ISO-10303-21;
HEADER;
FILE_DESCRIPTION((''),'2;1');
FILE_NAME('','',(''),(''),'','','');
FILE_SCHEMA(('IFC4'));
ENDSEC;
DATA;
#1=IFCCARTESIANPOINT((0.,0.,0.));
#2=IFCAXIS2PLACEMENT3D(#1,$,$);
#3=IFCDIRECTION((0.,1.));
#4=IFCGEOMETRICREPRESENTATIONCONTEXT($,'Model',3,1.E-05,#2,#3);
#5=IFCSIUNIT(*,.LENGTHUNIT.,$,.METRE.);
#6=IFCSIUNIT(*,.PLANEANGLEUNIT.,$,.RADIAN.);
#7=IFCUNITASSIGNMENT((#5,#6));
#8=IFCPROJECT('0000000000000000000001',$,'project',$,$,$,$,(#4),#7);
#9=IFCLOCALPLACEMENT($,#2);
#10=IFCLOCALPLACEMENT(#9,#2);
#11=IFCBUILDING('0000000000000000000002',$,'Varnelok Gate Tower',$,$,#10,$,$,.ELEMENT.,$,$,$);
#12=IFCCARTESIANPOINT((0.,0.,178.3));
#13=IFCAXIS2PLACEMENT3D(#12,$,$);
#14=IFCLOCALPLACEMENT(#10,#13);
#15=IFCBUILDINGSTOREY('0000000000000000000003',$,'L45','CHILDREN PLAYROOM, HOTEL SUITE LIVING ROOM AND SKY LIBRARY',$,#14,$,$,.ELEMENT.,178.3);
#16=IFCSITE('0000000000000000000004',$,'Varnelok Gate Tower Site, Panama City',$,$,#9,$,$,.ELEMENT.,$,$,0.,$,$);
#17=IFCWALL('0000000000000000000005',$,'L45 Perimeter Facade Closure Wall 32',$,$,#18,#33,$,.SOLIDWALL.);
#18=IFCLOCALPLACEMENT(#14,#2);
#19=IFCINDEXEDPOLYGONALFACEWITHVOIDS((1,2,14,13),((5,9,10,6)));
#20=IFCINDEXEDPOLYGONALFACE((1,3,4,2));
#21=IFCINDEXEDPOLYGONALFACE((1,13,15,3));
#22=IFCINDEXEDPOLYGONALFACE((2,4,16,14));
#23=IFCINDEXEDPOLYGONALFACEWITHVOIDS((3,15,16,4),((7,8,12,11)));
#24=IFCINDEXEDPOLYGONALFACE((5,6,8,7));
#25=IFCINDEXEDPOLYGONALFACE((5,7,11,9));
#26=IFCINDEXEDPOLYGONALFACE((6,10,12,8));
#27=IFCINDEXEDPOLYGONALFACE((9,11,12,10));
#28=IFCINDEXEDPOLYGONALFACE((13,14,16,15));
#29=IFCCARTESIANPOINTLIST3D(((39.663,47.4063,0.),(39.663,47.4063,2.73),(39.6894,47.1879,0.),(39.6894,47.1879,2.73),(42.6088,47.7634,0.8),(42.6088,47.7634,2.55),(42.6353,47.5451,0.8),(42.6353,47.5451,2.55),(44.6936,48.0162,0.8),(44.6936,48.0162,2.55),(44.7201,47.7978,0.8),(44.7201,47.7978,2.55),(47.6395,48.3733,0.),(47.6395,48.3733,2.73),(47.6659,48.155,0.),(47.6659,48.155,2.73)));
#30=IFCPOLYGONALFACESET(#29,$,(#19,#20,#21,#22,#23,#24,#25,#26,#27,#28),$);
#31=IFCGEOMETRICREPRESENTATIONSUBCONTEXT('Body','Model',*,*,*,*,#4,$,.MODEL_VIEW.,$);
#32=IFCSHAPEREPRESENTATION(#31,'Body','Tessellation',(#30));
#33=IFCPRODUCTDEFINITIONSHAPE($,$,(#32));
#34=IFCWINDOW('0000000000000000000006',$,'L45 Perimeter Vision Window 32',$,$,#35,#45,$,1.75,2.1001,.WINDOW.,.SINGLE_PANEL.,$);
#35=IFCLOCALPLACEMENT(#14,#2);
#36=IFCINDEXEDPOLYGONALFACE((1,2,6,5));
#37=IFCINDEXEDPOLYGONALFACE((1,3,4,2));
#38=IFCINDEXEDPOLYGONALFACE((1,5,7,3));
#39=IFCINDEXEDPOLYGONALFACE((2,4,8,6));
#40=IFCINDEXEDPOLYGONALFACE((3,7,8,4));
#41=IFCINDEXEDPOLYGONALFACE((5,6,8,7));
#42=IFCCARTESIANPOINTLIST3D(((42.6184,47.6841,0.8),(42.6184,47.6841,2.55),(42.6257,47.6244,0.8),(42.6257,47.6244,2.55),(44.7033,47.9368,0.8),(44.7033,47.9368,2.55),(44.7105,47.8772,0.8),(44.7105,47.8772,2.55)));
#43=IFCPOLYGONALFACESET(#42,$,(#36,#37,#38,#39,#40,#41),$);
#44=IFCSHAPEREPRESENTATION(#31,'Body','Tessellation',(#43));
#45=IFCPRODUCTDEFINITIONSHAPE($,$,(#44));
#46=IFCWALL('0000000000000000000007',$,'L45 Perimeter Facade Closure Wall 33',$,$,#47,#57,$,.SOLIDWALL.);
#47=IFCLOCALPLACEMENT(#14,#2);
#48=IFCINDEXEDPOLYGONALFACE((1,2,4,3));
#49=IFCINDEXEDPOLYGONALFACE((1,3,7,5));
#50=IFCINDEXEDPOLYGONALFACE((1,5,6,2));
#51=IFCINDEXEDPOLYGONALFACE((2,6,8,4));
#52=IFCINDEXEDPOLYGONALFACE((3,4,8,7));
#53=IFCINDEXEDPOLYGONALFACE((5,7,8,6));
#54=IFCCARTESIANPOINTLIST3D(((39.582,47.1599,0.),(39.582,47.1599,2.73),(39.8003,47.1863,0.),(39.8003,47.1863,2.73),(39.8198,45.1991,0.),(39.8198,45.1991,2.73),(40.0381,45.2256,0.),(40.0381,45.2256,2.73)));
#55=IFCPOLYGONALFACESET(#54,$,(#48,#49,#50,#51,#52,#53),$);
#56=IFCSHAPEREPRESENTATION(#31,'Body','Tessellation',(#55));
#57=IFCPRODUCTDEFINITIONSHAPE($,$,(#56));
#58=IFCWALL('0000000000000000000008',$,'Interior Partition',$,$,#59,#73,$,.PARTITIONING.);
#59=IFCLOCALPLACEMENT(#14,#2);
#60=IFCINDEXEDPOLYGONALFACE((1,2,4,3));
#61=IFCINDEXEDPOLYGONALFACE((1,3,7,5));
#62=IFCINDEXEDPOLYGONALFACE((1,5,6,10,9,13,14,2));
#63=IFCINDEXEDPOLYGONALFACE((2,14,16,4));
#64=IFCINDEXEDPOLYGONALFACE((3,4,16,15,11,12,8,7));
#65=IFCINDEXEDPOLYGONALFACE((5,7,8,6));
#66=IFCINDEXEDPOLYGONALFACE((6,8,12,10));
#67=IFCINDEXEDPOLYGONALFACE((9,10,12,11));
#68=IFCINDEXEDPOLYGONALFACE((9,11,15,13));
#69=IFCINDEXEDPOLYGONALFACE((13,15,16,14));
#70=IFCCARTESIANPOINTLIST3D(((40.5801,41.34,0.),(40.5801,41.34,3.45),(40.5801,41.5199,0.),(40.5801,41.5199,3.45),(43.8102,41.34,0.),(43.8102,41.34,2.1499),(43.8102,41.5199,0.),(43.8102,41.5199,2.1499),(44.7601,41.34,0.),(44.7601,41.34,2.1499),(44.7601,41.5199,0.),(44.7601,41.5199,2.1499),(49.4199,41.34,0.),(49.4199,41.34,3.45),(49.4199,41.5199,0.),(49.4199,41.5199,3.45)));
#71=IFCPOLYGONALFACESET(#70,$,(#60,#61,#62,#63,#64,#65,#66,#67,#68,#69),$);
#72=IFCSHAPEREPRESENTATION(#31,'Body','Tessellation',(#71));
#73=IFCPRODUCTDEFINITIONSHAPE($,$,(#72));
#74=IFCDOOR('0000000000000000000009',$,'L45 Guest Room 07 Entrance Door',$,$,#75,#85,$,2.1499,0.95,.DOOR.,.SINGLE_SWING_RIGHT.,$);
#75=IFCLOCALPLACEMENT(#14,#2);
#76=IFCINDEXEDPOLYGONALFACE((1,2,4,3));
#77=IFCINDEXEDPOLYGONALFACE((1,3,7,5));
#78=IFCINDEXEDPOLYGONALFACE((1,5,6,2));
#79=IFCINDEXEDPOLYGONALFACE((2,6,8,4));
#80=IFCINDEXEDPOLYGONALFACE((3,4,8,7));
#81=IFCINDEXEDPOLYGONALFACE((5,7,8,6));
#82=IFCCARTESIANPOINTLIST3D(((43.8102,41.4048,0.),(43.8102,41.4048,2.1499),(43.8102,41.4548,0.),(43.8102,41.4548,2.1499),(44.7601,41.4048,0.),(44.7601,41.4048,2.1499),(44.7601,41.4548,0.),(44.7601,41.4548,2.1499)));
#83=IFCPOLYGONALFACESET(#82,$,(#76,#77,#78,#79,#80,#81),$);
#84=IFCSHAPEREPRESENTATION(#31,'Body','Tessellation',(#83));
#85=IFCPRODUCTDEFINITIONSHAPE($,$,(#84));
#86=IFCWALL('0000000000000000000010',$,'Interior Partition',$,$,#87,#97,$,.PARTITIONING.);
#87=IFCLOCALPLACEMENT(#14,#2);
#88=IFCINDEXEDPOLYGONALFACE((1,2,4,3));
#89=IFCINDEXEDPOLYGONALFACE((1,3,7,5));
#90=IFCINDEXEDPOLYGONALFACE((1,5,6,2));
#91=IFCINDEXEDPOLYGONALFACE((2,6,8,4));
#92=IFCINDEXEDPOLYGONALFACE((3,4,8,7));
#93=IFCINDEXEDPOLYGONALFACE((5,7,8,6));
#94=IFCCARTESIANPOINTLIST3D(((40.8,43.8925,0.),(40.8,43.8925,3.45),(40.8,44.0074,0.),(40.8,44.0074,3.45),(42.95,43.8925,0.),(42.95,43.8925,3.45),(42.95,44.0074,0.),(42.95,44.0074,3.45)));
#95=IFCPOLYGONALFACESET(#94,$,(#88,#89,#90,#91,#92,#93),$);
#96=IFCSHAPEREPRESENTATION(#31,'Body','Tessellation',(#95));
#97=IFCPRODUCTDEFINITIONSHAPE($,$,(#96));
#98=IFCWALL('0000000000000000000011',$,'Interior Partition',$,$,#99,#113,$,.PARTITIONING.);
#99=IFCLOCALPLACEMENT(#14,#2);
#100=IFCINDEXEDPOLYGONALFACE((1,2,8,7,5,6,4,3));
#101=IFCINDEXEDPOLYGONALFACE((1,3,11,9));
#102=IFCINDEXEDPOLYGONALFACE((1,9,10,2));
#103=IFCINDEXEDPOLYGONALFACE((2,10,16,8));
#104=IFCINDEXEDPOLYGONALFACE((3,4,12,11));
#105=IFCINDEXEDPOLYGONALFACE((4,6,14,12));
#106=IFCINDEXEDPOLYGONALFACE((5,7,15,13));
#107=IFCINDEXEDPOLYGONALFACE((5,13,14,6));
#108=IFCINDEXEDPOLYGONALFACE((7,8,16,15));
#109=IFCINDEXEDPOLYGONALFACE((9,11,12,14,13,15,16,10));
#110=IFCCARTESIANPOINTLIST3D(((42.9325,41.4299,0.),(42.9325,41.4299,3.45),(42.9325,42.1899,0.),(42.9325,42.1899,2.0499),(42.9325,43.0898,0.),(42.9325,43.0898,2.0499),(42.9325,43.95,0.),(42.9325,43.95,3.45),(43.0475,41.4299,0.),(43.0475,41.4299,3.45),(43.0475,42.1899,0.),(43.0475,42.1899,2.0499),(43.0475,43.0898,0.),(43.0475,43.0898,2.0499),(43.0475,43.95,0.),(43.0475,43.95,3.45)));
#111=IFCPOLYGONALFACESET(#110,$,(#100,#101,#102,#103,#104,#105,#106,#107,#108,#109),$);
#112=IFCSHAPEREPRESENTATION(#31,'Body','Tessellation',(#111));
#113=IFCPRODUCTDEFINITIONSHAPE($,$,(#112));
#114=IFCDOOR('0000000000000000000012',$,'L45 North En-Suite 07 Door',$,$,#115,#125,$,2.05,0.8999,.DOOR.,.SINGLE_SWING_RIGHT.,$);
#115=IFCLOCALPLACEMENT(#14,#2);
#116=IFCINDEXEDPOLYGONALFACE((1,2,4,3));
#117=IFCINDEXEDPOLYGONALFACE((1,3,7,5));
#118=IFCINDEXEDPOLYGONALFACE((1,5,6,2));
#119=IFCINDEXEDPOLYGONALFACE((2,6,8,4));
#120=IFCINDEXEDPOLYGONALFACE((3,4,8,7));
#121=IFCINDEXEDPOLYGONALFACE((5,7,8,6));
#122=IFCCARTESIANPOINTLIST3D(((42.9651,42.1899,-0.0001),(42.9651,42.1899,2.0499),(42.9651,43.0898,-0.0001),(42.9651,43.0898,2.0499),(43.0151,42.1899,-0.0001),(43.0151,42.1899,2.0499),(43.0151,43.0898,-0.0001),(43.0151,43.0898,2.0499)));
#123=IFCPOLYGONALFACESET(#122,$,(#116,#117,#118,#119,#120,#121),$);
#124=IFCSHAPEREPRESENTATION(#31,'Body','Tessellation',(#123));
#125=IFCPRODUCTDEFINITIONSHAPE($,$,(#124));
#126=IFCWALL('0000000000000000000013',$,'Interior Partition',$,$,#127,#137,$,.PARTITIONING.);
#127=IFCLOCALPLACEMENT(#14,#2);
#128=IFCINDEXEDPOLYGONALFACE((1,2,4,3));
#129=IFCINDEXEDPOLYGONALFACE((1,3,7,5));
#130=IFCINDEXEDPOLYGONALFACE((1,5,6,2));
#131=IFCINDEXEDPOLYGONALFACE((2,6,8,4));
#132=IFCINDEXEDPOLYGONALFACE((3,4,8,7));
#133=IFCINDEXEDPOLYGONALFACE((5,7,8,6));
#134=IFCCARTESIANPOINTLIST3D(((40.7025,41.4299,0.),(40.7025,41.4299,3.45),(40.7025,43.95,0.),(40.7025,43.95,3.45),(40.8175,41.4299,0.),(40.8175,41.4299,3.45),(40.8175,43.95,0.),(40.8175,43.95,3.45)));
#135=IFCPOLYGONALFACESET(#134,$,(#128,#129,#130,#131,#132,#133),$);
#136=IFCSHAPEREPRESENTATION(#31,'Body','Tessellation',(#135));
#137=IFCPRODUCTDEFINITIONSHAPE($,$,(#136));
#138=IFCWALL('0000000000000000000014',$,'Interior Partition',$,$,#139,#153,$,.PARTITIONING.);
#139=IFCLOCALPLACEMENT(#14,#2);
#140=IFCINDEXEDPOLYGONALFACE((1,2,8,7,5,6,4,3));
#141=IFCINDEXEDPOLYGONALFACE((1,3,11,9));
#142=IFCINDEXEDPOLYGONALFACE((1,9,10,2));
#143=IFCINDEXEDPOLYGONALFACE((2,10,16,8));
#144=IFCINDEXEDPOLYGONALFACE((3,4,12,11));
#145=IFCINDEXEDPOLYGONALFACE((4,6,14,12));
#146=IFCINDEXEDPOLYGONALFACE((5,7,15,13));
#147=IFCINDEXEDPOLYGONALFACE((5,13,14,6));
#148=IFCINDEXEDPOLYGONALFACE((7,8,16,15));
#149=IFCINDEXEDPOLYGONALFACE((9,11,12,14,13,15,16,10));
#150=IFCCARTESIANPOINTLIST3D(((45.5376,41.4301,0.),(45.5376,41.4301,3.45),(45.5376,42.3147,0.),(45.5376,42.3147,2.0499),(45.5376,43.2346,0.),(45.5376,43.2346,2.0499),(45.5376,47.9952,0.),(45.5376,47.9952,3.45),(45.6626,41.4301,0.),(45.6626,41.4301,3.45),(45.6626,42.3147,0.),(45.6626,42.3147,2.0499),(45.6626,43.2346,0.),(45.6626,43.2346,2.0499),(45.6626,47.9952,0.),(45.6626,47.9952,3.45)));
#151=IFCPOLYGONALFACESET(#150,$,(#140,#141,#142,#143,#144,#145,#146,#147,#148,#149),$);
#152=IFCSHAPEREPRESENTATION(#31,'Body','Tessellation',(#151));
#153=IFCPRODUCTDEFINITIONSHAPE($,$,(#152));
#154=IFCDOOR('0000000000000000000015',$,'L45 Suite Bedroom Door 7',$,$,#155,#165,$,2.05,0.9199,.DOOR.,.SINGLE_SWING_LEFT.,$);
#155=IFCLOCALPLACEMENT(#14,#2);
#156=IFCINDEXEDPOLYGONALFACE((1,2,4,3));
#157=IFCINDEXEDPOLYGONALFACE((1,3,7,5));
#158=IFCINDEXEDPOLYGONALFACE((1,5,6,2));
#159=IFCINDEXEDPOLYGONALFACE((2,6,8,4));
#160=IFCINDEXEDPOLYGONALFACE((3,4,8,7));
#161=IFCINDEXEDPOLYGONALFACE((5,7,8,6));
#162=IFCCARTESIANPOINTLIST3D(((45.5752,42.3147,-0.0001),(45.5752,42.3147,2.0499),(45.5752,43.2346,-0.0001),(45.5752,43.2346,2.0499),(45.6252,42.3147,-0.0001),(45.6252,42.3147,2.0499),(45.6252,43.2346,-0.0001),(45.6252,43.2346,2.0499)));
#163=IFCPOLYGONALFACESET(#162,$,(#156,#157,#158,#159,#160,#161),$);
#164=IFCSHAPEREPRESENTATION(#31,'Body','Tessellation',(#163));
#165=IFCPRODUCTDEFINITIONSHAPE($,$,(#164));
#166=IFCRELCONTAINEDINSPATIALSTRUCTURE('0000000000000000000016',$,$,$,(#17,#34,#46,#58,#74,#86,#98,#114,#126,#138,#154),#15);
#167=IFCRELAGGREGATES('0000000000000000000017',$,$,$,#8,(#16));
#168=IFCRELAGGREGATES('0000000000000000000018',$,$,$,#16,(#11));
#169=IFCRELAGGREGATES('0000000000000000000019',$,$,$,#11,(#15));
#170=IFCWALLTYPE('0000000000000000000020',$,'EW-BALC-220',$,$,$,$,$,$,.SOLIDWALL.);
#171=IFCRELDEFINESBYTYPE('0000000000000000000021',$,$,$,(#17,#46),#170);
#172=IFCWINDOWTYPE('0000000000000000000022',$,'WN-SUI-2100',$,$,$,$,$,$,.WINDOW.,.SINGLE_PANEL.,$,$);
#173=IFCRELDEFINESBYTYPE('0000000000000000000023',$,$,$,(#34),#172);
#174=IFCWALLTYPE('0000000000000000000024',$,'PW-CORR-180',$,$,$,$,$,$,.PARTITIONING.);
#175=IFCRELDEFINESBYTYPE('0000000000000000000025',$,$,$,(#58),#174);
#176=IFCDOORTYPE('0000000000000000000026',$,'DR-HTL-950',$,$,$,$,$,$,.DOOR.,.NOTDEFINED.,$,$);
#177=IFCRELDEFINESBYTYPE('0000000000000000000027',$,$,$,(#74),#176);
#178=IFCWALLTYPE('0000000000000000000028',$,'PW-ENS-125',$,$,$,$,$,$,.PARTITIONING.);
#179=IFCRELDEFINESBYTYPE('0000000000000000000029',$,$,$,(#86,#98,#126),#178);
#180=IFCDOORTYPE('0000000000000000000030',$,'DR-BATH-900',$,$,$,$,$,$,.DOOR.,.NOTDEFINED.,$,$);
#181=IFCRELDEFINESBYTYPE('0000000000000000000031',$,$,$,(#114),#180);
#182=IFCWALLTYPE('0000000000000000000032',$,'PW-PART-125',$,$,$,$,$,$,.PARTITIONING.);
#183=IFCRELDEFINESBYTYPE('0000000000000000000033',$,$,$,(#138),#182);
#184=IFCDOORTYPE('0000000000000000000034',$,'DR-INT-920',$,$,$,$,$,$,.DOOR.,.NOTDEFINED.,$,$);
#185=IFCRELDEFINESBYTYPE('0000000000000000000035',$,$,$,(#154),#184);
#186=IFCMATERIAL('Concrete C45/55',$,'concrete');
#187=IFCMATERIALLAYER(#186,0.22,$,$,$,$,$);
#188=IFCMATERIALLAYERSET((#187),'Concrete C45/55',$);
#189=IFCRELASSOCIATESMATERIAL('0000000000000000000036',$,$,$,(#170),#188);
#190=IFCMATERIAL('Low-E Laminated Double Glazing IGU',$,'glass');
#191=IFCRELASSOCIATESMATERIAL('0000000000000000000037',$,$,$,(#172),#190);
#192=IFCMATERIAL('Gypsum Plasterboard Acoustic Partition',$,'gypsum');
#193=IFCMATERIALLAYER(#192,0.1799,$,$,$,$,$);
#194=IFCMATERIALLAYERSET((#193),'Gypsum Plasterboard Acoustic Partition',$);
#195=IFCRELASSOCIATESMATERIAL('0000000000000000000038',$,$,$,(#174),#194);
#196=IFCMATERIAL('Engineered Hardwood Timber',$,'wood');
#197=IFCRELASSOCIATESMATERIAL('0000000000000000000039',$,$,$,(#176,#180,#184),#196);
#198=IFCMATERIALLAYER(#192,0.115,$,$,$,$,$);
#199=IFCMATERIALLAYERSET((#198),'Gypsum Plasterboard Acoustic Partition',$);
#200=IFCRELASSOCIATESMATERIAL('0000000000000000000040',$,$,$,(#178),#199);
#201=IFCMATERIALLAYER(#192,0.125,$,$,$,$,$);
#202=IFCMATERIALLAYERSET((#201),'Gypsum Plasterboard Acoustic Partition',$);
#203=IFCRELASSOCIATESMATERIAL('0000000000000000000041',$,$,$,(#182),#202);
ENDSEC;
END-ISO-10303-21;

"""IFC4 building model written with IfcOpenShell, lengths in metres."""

from ifc_helpers import new_model, si_unit, direction, frame, frame_2d, origin, place, context, subcontext, project, spatial, rectangle, extrude, material, layer, layer_set, type_object, element, fill, save


model = new_model("IFC4")

# Units and contexts
model_context = context("Model", 3, precision=1e-05, world=origin(), true_north=direction((0.0, 1.0)))
body_context = subcontext(model_context, "Body", "Model", "MODEL_VIEW")
ifc_project = project(units=[si_unit("LENGTHUNIT", "METRE"), si_unit("PLANEANGLEUNIT", "RADIAN")], contexts=[model_context])

# Site, building, storey
site_placement = place(None, origin())
site = spatial("IfcSite", under=ifc_project, at=site_placement, Name="Varnelok Gate Tower Site, Panama City", CompositionType="ELEMENT", RefElevation=0.0)
building_placement = place(site_placement, origin())
building = spatial("IfcBuilding", under=site, at=building_placement, Name="Varnelok Gate Tower", CompositionType="ELEMENT")
storey_placement = place(building_placement, frame((0.0, 0.0, 178.3)))
storey = spatial("IfcBuildingStorey", under=building, at=storey_placement, Name="L45", Description="CHILDREN PLAYROOM, HOTEL SUITE LIVING ROOM AND SKY LIBRARY", CompositionType="ELEMENT", Elevation=178.3)

# Shared definitions
ifc_material_1 = material(Name="Concrete C45/55", Category="concrete")
ifc_layer_1 = layer(ifc_material_1, 0.22)
ifc_layer_set_1 = layer_set([ifc_layer_1], Name="Concrete C45/55")
wall_type_1 = type_object("IfcWallType", Name="EW-BALC-220", PredefinedType="SOLIDWALL", material=ifc_layer_set_1)

# Wall, opening, window
ifc_material_2 = material(Name="Low-E Laminated Double Glazing IGU", Category="glass")
wall_1_placement = place(storey_placement, frame((47.6528, 48.2642, 0.0), z_axis=(0.0, 0.0, 1.0), x_axis=(-0.992731, -0.120354, 0.0)))
wall_1 = element("IfcWall", 1, at=wall_1_placement, inside=storey, type_object=wall_type_1, Name="L45 Perimeter Facade Closure Wall 32", PredefinedType="SOLIDWALL", context=body_context, shape_type="SweptSolid", body=[
    extrude(rectangle(XDim=8.0349, YDim=0.22, at=frame_2d((4.0176, 0.0))), origin(), (0.0, 0.0, 1.0), 2.73),
])
opening_1_placement = place(wall_1_placement, frame((2.9675, 0.0, 0.8)))
opening_1 = element("IfcOpeningElement", 2, at=opening_1_placement, cuts=wall_1, PredefinedType="OPENING", context=body_context, shape_type="SweptSolid", body=[
    extrude(rectangle(XDim=2.1001, YDim=1.75, at=frame_2d((1.05, 0.875))), frame((0.0, 0.1199, 0.0), z_axis=(0.0, -1.0, 0.0), x_axis=(1.0, 0.0, 0.0)), (0.0, 0.0, 1.0), 0.24),
])
window_type_1 = type_object("IfcWindowType", Name="WN-SUI-2100", PartitioningType="SINGLE_PANEL", PredefinedType="WINDOW", material=ifc_material_2)
window_1_placement = place(opening_1_placement, origin())
window_1 = element("IfcWindow", 3, at=window_1_placement, inside=storey, type_object=window_type_1, Name="L45 Perimeter Vision Window 32", OverallHeight=1.75, OverallWidth=2.1001, PartitioningType="SINGLE_PANEL", PredefinedType="WINDOW", context=body_context, shape_type="SweptSolid", body=[
    extrude(rectangle(XDim=2.1001, YDim=1.75, at=frame_2d((1.05, 0.875))), frame((0.0, 0.03, 0.0), z_axis=(0.0, -1.0, 0.0), x_axis=(1.0, 0.0, 0.0)), (0.0, 0.0, 1.0), 0.0601),
])
fill(opening_1, window_1)

# Wall
wall_2_placement = place(storey_placement, frame((39.6912, 47.1731, 0.0), z_axis=(0.0, 0.0, 1.0), x_axis=(0.120398, -0.992726, 0.0)))
element("IfcWall", 4, at=wall_2_placement, inside=storey, type_object=wall_type_1, Name="L45 Perimeter Facade Closure Wall 33", PredefinedType="SOLIDWALL", context=body_context, shape_type="SweptSolid", body=[
    extrude(rectangle(XDim=1.9751, YDim=0.22, at=frame_2d((0.9875, 0.0))), origin(), (0.0, 0.0, 1.0), 2.73),
])

# Wall, opening, door
ifc_material_3 = material(Name="Gypsum Plasterboard Acoustic Partition", Category="gypsum")
ifc_layer_2 = layer(ifc_material_3, 0.1799)
ifc_layer_set_2 = layer_set([ifc_layer_2], Name="Gypsum Plasterboard Acoustic Partition")
wall_type_2 = type_object("IfcWallType", Name="PW-CORR-180", PredefinedType="PARTITIONING", material=ifc_layer_set_2)
wall_3_placement = place(storey_placement, frame((40.5801, 41.4299, 0.0), z_axis=(0.0, 0.0, 1.0), x_axis=(1.0, 0.0, 0.0)))
wall_3 = element("IfcWall", 5, at=wall_3_placement, inside=storey, type_object=wall_type_2, Name="Interior Partition", PredefinedType="PARTITIONING", context=body_context, shape_type="SweptSolid", body=[
    extrude(rectangle(XDim=8.8398, YDim=0.1799, at=frame_2d((4.4199, 0.0))), origin(), (0.0, 0.0, 1.0), 3.45),
])
opening_2_placement = place(wall_3_placement, frame((3.23, 0.0, 0.0)))
opening_2 = element("IfcOpeningElement", 6, at=opening_2_placement, cuts=wall_3, PredefinedType="OPENING", context=body_context, shape_type="SweptSolid", body=[
    extrude(rectangle(XDim=0.95, YDim=2.1499, at=frame_2d((0.4751, 1.075))), frame((0.0, 0.0999, 0.0), z_axis=(0.0, -1.0, 0.0), x_axis=(1.0, 0.0, 0.0)), (0.0, 0.0, 1.0), 0.2),
])
ifc_material_4 = material(Name="Engineered Hardwood Timber", Category="wood")
door_type_1 = type_object("IfcDoorType", Name="DR-HTL-950", OperationType="NOTDEFINED", PredefinedType="DOOR", material=ifc_material_4)
door_1_placement = place(opening_2_placement, origin())
door_1 = element("IfcDoor", 7, at=door_1_placement, inside=storey, type_object=door_type_1, Name="L45 Guest Room 07 Entrance Door", OperationType="SINGLE_SWING_RIGHT", OverallHeight=2.1499, OverallWidth=0.95, PredefinedType="DOOR", context=body_context, shape_type="SweptSolid", body=[
    extrude(rectangle(XDim=0.95, YDim=2.1499, at=frame_2d((0.4751, 1.075))), frame((0.0, 0.0249, 0.0), z_axis=(0.0, -1.0, 0.0), x_axis=(1.0, 0.0, 0.0)), (0.0, 0.0, 1.0), 0.05),
])
fill(opening_2, door_1)

# Wall
ifc_layer_3 = layer(ifc_material_3, 0.115)
ifc_layer_set_3 = layer_set([ifc_layer_3], Name="Gypsum Plasterboard Acoustic Partition")
wall_type_3 = type_object("IfcWallType", Name="PW-ENS-125", PredefinedType="PARTITIONING", material=ifc_layer_set_3)
wall_4_placement = place(storey_placement, frame((40.8, 43.95, 0.0), z_axis=(0.0, 0.0, 1.0), x_axis=(1.0, 0.0, 0.0)))
element("IfcWall", 8, at=wall_4_placement, inside=storey, type_object=wall_type_3, Name="Interior Partition", PredefinedType="PARTITIONING", context=body_context, shape_type="SweptSolid", body=[
    extrude(rectangle(XDim=2.1499, YDim=0.115, at=frame_2d((1.075, 0.0))), origin(), (0.0, 0.0, 1.0), 3.45),
])

# Wall, opening, door
wall_5_placement = place(storey_placement, frame((42.99, 41.4299, 0.0), z_axis=(0.0, 0.0, 1.0), x_axis=(0.0, 1.0, 0.0)))
wall_5 = element("IfcWall", 9, at=wall_5_placement, inside=storey, type_object=wall_type_3, Name="Interior Partition", PredefinedType="PARTITIONING", context=body_context, shape_type="SweptSolid", body=[
    extrude(rectangle(XDim=2.52, YDim=0.115, at=frame_2d((1.26, 0.0))), origin(), (0.0, 0.0, 1.0), 3.45),
])
opening_3_placement = place(wall_5_placement, frame((0.76, 0.0, 0.0)))
opening_3 = element("IfcOpeningElement", 10, at=opening_3_placement, cuts=wall_5, PredefinedType="OPENING", context=body_context, shape_type="SweptSolid", body=[
    extrude(rectangle(XDim=0.8999, YDim=2.05, at=frame_2d((0.45, 1.0249))), frame((0.0, 0.0674, 0.0), z_axis=(0.0, -1.0, 0.0), x_axis=(1.0, 0.0, 0.0)), (0.0, 0.0, 1.0), 0.135),
])
door_type_2 = type_object("IfcDoorType", Name="DR-BATH-900", OperationType="NOTDEFINED", PredefinedType="DOOR", material=ifc_material_4)
door_2_placement = place(opening_3_placement, origin())
door_2 = element("IfcDoor", 11, at=door_2_placement, inside=storey, type_object=door_type_2, Name="L45 North En-Suite 07 Door", OperationType="SINGLE_SWING_RIGHT", OverallHeight=2.05, OverallWidth=0.8999, PredefinedType="DOOR", context=body_context, shape_type="SweptSolid", body=[
    extrude(rectangle(XDim=0.8999, YDim=2.05, at=frame_2d((0.45, 1.0249))), frame((0.0, 0.0249, 0.0), z_axis=(0.0, -1.0, 0.0), x_axis=(1.0, 0.0, 0.0)), (0.0, 0.0, 1.0), 0.05),
])
fill(opening_3, door_2)

# Wall
wall_6_placement = place(storey_placement, frame((40.76, 41.4299, 0.0), z_axis=(0.0, 0.0, 1.0), x_axis=(0.0, 1.0, 0.0)))
element("IfcWall", 12, at=wall_6_placement, inside=storey, type_object=wall_type_3, Name="Interior Partition", PredefinedType="PARTITIONING", context=body_context, shape_type="SweptSolid", body=[
    extrude(rectangle(XDim=2.52, YDim=0.115, at=frame_2d((1.26, 0.0))), origin(), (0.0, 0.0, 1.0), 3.45),
])

# Wall, opening, door
ifc_layer_4 = layer(ifc_material_3, 0.125)
ifc_layer_set_4 = layer_set([ifc_layer_4], Name="Gypsum Plasterboard Acoustic Partition")
wall_type_4 = type_object("IfcWallType", Name="PW-PART-125", PredefinedType="PARTITIONING", material=ifc_layer_set_4)
wall_7_placement = place(storey_placement, frame((45.6001, 41.4299, 0.0), z_axis=(0.0, 0.0, 1.0), x_axis=(0.0, 1.0, 0.0)))
wall_7 = element("IfcWall", 13, at=wall_7_placement, inside=storey, type_object=wall_type_4, Name="Interior Partition", PredefinedType="PARTITIONING", context=body_context, shape_type="SweptSolid", body=[
    extrude(rectangle(XDim=6.5652, YDim=0.125, at=frame_2d((3.2827, 0.0))), origin(), (0.0, 0.0, 1.0), 3.45),
])
opening_4_placement = place(wall_7_placement, frame((0.8848, 0.0, 0.0)))
opening_4 = element("IfcOpeningElement", 14, at=opening_4_placement, cuts=wall_7, PredefinedType="OPENING", context=body_context, shape_type="SweptSolid", body=[
    extrude(rectangle(XDim=0.9199, YDim=2.05, at=frame_2d((0.46, 1.0249))), frame((0.0, 0.0725, 0.0), z_axis=(0.0, -1.0, 0.0), x_axis=(1.0, 0.0, 0.0)), (0.0, 0.0, 1.0), 0.145),
])
door_type_3 = type_object("IfcDoorType", Name="DR-INT-920", OperationType="NOTDEFINED", PredefinedType="DOOR", material=ifc_material_4)
door_3_placement = place(opening_4_placement, origin())
door_3 = element("IfcDoor", 15, at=door_3_placement, inside=storey, type_object=door_type_3, Name="L45 Suite Bedroom Door 7", OperationType="SINGLE_SWING_LEFT", OverallHeight=2.05, OverallWidth=0.9199, PredefinedType="DOOR", context=body_context, shape_type="SweptSolid", body=[
    extrude(rectangle(XDim=0.9199, YDim=2.05, at=frame_2d((0.46, 1.0249))), frame((0.0, 0.0249, 0.0), z_axis=(0.0, -1.0, 0.0), x_axis=(1.0, 0.0, 0.0)), (0.0, 0.0, 1.0), 0.05),
])
fill(opening_4, door_3)

save(model, "model.ifc")
